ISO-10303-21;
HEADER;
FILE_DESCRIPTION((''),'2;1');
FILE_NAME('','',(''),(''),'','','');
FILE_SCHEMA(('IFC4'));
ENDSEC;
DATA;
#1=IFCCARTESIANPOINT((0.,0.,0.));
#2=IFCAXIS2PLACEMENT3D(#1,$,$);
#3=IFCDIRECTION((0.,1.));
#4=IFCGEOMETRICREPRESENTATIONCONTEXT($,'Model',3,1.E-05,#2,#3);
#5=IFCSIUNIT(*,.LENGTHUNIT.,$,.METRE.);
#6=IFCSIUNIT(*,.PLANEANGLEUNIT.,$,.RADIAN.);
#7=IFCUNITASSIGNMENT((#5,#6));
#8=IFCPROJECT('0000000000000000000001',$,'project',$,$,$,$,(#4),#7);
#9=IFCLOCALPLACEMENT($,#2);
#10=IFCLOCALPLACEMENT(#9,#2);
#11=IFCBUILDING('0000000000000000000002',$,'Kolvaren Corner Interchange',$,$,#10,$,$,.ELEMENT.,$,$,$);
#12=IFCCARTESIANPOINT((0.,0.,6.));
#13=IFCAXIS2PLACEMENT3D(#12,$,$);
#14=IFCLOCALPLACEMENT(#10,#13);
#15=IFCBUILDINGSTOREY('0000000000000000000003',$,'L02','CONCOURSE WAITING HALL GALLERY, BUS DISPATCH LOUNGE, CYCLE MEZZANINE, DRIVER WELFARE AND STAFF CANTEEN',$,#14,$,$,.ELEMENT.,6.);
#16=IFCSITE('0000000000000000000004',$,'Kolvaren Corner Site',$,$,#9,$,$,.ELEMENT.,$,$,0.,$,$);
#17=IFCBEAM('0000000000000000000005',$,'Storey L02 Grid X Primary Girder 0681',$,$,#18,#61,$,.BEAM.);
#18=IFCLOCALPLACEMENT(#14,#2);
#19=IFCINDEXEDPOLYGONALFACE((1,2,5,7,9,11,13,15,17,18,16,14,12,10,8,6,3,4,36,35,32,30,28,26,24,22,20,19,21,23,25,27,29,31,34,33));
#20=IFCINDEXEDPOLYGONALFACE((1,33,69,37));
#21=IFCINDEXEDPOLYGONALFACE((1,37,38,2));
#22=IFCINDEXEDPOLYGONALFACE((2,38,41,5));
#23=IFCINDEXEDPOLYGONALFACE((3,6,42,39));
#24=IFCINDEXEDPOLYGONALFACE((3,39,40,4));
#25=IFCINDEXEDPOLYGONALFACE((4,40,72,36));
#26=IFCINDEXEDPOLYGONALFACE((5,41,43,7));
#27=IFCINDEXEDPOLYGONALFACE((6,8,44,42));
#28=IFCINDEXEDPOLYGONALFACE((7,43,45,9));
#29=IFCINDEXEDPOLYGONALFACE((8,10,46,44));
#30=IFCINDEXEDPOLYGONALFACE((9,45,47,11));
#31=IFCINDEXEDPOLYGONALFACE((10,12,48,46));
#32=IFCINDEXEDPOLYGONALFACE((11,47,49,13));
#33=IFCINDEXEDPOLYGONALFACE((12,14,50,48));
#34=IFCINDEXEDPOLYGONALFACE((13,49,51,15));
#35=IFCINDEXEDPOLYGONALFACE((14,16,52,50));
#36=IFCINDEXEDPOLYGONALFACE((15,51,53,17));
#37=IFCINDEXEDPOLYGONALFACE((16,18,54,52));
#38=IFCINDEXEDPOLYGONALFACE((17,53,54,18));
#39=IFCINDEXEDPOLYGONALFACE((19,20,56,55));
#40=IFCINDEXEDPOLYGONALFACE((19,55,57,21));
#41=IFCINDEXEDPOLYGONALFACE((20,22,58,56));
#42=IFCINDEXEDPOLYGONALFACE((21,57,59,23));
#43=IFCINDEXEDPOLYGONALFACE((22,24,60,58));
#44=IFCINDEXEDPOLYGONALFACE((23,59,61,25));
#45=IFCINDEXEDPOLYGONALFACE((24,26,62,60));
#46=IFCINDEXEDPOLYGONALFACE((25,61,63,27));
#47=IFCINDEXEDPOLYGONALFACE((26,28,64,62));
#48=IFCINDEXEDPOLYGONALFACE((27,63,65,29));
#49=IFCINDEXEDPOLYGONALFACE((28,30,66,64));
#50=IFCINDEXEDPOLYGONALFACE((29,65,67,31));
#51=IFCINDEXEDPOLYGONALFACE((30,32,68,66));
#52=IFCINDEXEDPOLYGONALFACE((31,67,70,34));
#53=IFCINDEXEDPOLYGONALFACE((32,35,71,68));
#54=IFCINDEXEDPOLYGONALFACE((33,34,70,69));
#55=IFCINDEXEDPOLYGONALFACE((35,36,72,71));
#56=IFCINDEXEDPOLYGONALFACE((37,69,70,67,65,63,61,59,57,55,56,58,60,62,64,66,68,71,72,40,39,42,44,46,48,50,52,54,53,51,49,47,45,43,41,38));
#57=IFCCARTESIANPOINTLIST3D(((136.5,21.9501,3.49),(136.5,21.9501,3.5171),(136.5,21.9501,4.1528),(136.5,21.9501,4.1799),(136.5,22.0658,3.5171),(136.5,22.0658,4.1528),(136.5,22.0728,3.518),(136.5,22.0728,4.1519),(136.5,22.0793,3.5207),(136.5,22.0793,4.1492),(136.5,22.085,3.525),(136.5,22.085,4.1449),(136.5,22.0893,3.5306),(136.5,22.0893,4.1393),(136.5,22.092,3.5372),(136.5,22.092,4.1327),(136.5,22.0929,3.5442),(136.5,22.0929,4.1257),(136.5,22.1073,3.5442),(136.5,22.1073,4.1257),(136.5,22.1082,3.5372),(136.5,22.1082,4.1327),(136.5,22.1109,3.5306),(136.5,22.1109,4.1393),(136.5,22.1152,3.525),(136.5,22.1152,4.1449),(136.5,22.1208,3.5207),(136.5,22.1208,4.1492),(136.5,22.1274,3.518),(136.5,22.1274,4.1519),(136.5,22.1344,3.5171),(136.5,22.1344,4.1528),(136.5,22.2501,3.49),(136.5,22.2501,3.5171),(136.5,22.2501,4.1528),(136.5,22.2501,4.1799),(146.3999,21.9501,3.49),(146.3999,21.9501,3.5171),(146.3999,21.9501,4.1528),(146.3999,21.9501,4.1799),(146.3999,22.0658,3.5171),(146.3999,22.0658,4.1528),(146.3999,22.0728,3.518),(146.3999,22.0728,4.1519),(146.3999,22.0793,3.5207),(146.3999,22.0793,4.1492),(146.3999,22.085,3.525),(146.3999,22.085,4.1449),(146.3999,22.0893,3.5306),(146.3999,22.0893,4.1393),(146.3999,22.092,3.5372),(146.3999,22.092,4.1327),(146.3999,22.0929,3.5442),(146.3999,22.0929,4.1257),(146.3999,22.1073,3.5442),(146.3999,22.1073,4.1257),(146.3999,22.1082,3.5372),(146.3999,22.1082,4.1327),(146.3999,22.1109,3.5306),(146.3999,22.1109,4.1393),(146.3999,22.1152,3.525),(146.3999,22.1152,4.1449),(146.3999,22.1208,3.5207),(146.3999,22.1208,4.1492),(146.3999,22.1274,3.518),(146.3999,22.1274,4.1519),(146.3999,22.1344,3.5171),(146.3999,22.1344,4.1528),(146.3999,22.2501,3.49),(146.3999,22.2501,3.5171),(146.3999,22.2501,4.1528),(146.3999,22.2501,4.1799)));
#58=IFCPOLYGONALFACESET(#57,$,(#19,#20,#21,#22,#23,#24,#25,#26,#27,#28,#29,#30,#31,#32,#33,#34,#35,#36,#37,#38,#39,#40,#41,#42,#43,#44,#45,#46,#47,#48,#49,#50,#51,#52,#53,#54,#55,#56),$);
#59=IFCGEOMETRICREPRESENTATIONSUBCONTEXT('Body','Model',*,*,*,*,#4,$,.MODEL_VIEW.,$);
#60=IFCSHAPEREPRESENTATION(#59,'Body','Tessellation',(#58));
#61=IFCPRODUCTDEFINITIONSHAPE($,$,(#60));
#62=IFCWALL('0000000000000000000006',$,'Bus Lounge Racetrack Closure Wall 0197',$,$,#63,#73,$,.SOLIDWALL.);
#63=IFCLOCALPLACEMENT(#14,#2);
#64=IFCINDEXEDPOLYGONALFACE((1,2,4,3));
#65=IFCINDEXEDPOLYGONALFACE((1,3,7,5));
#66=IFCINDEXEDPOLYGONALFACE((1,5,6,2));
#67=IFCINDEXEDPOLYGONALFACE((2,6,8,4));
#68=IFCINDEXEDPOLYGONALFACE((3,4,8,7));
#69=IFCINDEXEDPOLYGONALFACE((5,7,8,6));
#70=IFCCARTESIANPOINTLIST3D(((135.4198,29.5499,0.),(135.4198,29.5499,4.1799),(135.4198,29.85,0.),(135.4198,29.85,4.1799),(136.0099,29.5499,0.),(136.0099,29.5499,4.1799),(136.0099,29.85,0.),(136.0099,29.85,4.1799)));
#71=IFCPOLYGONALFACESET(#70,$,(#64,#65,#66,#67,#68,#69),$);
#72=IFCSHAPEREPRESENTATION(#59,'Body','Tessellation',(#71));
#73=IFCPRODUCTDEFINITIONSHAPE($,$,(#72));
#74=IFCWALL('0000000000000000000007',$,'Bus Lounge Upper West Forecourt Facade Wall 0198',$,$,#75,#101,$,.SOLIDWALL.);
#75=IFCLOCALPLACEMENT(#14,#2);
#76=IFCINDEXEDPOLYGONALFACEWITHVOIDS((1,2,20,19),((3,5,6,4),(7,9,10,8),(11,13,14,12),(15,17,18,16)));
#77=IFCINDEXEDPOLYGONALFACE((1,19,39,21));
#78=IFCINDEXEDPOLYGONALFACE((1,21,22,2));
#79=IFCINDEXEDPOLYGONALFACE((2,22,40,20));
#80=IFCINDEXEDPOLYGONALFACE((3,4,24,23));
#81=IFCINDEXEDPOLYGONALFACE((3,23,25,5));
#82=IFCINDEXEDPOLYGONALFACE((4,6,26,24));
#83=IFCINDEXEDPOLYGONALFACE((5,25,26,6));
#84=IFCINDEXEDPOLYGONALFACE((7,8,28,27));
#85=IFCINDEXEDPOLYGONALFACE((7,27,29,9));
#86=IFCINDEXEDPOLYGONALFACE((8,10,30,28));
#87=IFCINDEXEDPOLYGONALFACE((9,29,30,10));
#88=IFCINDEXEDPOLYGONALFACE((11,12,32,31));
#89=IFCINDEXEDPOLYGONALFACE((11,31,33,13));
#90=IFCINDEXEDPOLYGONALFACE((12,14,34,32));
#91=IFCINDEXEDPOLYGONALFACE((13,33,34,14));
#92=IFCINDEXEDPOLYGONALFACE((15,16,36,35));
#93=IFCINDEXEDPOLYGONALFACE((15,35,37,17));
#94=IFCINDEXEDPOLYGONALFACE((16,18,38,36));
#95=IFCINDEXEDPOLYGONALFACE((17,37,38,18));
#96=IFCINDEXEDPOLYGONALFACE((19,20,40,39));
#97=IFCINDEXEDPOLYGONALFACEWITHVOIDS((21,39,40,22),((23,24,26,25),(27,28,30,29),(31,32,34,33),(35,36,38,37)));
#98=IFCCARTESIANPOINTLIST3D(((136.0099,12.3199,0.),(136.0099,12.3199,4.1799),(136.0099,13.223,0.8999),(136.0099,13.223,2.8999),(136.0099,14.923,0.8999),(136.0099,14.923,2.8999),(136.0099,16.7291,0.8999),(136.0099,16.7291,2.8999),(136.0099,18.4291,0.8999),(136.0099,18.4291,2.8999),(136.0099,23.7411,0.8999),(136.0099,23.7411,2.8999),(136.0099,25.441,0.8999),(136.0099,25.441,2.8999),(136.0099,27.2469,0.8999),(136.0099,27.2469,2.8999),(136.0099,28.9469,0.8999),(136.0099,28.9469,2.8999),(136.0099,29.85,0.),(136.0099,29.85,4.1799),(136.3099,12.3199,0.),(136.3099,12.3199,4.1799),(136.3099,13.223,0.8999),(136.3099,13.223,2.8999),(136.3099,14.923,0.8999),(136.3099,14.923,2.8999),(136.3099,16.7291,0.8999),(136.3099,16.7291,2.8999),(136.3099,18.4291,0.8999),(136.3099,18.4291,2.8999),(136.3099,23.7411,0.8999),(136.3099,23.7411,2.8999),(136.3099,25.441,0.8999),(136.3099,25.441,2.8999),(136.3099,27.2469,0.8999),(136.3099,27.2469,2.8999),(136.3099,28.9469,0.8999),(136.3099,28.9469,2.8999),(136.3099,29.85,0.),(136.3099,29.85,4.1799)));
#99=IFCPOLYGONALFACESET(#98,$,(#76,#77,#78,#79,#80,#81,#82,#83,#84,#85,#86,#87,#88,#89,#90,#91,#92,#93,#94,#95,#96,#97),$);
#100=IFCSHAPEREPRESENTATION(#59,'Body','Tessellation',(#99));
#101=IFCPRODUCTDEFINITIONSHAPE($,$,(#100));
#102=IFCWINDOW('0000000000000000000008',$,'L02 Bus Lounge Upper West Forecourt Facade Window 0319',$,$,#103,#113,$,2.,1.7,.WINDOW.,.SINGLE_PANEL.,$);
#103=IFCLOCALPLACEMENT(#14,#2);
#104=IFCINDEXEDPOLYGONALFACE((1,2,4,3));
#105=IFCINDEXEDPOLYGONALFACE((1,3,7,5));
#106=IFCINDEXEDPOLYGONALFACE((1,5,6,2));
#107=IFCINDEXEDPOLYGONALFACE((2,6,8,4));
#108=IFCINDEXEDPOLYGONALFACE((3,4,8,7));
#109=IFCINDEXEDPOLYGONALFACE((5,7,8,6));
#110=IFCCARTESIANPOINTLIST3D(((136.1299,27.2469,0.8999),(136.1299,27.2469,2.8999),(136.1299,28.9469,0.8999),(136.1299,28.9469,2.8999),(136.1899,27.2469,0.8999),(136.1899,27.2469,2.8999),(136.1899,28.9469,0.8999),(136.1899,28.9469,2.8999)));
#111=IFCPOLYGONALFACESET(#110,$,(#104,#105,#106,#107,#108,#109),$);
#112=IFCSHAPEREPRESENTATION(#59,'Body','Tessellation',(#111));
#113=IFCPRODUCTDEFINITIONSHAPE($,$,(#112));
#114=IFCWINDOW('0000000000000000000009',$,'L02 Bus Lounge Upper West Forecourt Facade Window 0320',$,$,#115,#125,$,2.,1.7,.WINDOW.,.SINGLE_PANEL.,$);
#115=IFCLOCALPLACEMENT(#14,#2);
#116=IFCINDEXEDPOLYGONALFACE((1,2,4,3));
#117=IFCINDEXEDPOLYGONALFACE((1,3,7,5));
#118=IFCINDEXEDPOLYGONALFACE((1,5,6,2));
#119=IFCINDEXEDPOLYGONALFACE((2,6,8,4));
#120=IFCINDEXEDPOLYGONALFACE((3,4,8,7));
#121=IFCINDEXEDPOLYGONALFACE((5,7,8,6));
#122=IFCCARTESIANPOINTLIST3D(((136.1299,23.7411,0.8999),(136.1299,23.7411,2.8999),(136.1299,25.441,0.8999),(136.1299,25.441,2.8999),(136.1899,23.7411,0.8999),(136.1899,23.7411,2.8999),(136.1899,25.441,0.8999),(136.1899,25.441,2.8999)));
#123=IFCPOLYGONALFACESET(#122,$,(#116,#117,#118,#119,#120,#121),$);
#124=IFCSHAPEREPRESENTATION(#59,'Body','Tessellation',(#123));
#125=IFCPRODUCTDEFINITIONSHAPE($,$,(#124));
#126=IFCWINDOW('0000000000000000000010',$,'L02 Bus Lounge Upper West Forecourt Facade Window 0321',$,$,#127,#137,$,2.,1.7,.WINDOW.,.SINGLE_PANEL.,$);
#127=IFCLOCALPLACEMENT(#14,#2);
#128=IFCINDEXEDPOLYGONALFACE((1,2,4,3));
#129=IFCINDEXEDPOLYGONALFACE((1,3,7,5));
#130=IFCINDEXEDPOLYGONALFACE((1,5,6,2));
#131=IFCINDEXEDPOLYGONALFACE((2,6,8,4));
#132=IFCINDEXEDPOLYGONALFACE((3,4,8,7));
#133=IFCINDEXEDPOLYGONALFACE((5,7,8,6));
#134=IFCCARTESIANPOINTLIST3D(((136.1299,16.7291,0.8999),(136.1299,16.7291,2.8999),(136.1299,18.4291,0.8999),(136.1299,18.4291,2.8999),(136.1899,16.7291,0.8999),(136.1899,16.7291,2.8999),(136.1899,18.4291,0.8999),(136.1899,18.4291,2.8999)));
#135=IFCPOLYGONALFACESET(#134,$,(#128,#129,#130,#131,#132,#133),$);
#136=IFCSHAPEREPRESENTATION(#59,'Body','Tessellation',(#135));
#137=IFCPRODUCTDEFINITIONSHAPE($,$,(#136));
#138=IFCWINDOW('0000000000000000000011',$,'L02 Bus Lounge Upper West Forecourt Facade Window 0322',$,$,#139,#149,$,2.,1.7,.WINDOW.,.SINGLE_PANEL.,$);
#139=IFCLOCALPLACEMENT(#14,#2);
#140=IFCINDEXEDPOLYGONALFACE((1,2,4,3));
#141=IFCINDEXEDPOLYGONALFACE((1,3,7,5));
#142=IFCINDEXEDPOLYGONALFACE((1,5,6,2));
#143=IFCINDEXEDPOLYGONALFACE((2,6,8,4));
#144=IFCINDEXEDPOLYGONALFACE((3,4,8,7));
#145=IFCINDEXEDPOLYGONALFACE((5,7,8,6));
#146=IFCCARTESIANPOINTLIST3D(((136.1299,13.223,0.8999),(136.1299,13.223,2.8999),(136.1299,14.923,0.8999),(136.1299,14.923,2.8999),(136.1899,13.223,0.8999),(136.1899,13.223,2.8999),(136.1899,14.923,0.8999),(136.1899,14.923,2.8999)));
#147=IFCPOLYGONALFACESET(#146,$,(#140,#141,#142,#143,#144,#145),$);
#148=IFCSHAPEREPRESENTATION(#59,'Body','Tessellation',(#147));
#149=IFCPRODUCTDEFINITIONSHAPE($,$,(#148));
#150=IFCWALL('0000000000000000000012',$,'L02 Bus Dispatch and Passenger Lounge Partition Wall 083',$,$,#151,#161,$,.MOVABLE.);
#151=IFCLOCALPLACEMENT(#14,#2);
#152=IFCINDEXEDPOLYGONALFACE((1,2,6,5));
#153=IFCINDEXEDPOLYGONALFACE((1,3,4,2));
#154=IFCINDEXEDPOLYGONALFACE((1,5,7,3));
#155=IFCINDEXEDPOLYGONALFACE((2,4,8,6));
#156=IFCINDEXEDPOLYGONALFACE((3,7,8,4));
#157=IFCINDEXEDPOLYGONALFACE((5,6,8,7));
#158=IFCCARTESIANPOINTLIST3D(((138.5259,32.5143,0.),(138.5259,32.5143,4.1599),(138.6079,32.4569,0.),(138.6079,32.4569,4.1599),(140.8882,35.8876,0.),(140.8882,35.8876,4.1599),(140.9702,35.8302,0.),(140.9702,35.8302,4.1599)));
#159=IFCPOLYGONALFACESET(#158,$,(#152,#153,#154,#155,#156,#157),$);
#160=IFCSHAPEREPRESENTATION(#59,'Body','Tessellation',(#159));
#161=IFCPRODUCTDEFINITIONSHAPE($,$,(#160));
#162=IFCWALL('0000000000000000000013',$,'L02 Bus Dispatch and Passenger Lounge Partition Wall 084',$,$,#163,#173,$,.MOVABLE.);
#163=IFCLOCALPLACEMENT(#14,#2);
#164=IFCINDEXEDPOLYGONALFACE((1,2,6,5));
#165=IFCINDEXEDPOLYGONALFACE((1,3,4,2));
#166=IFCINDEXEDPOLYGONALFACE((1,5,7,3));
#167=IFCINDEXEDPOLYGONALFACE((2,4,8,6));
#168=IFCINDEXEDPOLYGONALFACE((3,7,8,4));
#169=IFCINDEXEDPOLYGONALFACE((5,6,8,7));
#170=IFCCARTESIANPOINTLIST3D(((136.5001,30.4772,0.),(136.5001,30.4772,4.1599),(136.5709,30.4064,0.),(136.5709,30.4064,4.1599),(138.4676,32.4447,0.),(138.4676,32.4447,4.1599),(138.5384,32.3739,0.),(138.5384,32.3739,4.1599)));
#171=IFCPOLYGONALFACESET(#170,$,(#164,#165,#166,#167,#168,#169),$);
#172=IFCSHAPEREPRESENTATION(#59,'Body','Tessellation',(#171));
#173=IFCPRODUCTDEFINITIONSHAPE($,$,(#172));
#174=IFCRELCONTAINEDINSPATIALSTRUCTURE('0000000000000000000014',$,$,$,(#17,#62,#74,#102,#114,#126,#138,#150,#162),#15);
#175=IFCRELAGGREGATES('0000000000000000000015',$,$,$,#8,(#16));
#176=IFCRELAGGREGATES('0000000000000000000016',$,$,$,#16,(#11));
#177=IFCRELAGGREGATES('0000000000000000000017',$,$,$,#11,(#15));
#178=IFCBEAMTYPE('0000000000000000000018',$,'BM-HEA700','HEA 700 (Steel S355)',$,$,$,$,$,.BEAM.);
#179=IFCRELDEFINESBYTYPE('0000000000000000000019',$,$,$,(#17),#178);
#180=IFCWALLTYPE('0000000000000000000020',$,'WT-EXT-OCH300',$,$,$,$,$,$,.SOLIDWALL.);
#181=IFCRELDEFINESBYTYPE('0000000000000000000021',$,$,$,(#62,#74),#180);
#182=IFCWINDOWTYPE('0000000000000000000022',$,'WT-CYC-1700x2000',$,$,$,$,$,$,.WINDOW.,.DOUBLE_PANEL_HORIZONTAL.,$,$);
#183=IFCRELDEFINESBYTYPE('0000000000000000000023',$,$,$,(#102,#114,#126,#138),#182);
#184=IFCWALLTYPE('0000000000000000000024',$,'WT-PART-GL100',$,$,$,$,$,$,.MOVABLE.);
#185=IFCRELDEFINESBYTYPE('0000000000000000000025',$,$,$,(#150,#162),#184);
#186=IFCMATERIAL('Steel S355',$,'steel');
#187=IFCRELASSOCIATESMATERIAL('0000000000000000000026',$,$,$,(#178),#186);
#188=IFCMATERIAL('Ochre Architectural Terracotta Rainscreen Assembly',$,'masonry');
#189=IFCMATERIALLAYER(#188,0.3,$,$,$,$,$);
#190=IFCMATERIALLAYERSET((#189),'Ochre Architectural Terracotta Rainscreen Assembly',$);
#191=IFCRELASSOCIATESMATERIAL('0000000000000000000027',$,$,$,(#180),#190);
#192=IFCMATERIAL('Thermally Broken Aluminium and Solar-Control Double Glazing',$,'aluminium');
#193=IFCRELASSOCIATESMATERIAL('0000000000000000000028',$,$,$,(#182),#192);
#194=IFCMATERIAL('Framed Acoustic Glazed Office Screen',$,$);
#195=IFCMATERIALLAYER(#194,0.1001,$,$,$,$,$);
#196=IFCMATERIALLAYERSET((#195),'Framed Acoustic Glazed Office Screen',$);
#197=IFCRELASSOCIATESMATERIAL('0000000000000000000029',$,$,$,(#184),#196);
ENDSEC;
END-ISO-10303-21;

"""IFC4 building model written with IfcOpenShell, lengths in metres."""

from ifc_helpers import new_model, si_unit, direction, frame, frame_2d, origin, origin_2d, place, context, subcontext, project, spatial, rectangle, i_section, extrude, material, layer, layer_set, material_profile, profile_set, type_object, element, fill, save


model = new_model("IFC4")

# Units and contexts
model_context = context("Model", 3, precision=1e-05, world=origin(), true_north=direction((0.0, 1.0)))
body_context = subcontext(model_context, "Body", "Model", "MODEL_VIEW")
ifc_project = project(units=[si_unit("LENGTHUNIT", "METRE"), si_unit("PLANEANGLEUNIT", "RADIAN")], contexts=[model_context])

# Site, building, storey
site_placement = place(None, origin())
site = spatial("IfcSite", under=ifc_project, at=site_placement, Name="Kolvaren Corner Site", CompositionType="ELEMENT", RefElevation=0.0)
building_placement = place(site_placement, origin())
building = spatial("IfcBuilding", under=site, at=building_placement, Name="Kolvaren Corner Interchange", CompositionType="ELEMENT")
storey_placement = place(building_placement, frame((0.0, 0.0, 6.0)))
storey = spatial("IfcBuildingStorey", under=building, at=storey_placement, Name="L02", Description="CONCOURSE WAITING HALL GALLERY, BUS DISPATCH LOUNGE, CYCLE MEZZANINE, DRIVER WELFARE AND STAFF CANTEEN", CompositionType="ELEMENT", Elevation=6.0)

# Beam
ifc_material_1 = material(Name="Steel S355", Category="steel")
ifc_material_profile_1 = material_profile(ifc_material_1, i_section(OverallWidth=0.3, OverallDepth=0.6899, WebThickness=0.0144, FlangeThickness=0.0271, FilletRadius=0.0271, at=origin_2d()), Name="HEA 700")
ifc_profile_set_1 = profile_set([ifc_material_profile_1], Name="Steel S355")
beam_type_1 = type_object("IfcBeamType", Name="BM-HEA700", Description="HEA 700 (Steel S355)", PredefinedType="BEAM", material=ifc_profile_set_1)
beam_1_placement = place(storey_placement, frame((136.5, 22.1001, 3.835), z_axis=(1.0, 0.0, 0.0), x_axis=(0.0, 1.0, 0.0)))
element("IfcBeam", 1, at=beam_1_placement, inside=storey, type_object=beam_type_1, Name="Storey L02 Grid X Primary Girder 0681", PredefinedType="BEAM", context=body_context, shape_type="SweptSolid", body=[
    extrude(i_section(OverallWidth=0.3, OverallDepth=0.6899, WebThickness=0.0144, FlangeThickness=0.0271, FilletRadius=0.0271, at=origin_2d()), origin(), (0.0, 0.0, 1.0), 9.8999),
])

# Wall
ifc_material_2 = material(Name="Ochre Architectural Terracotta Rainscreen Assembly", Category="masonry")
ifc_layer_1 = layer(ifc_material_2, 0.3)
ifc_layer_set_1 = layer_set([ifc_layer_1], Name="Ochre Architectural Terracotta Rainscreen Assembly")
wall_type_1 = type_object("IfcWallType", Name="WT-EXT-OCH300", PredefinedType="SOLIDWALL", material=ifc_layer_set_1)
wall_1_placement = place(storey_placement, frame((135.4199, 29.7, 0.0), z_axis=(0.0, 0.0, 1.0), x_axis=(1.0, 0.0, 0.0)))
element("IfcWall", 2, at=wall_1_placement, inside=storey, type_object=wall_type_1, Name="Bus Lounge Racetrack Closure Wall 0197", PredefinedType="SOLIDWALL", context=body_context, shape_type="SweptSolid", body=[
    extrude(rectangle(XDim=0.5901, YDim=0.3, at=frame_2d((0.2949, 0.0))), origin(), (0.0, 0.0, 1.0), 4.1799),
])

# Wall, openings, windows
wall_2_placement = place(storey_placement, frame((136.1599, 29.8501, 0.0), z_axis=(0.0, 0.0, 1.0), x_axis=(0.0, -1.0, 0.0)))
wall_2 = element("IfcWall", 3, at=wall_2_placement, inside=storey, type_object=wall_type_1, Name="Bus Lounge Upper West Forecourt Facade Wall 0198", PredefinedType="SOLIDWALL", context=body_context, shape_type="SweptSolid", body=[
    extrude(rectangle(XDim=17.53, YDim=0.3, at=frame_2d((8.7651, 0.0))), origin(), (0.0, 0.0, 1.0), 4.1799),
])
opening_1_placement = place(wall_2_placement, frame((0.9031, 0.0, 0.8999)))
opening_1 = element("IfcOpeningElement", 4, at=opening_1_placement, cuts=wall_2, PredefinedType="OPENING", context=body_context, shape_type="SweptSolid", body=[
    extrude(rectangle(XDim=1.7, YDim=2.0, at=frame_2d((0.8501, 1.0))), frame((0.0, 0.1599, 0.0), z_axis=(0.0, -1.0, 0.0), x_axis=(1.0, 0.0, 0.0)), (0.0, 0.0, 1.0), 0.3201),
])
opening_2_placement = place(wall_2_placement, frame((4.4089, 0.0, 0.8999)))
opening_2 = element("IfcOpeningElement", 5, at=opening_2_placement, cuts=wall_2, PredefinedType="OPENING", context=body_context, shape_type="SweptSolid", body=[
    extrude(rectangle(XDim=1.7, YDim=2.0, at=frame_2d((0.8501, 1.0))), frame((0.0, 0.1599, 0.0), z_axis=(0.0, -1.0, 0.0), x_axis=(1.0, 0.0, 0.0)), (0.0, 0.0, 1.0), 0.3201),
])
opening_3_placement = place(wall_2_placement, frame((11.4209, 0.0, 0.8999)))
opening_3 = element("IfcOpeningElement", 6, at=opening_3_placement, cuts=wall_2, PredefinedType="OPENING", context=body_context, shape_type="SweptSolid", body=[
    extrude(rectangle(XDim=1.7, YDim=2.0, at=frame_2d((0.8501, 1.0))), frame((0.0, 0.1599, 0.0), z_axis=(0.0, -1.0, 0.0), x_axis=(1.0, 0.0, 0.0)), (0.0, 0.0, 1.0), 0.3201),
])
opening_4_placement = place(wall_2_placement, frame((14.927, 0.0, 0.8999)))
opening_4 = element("IfcOpeningElement", 7, at=opening_4_placement, cuts=wall_2, PredefinedType="OPENING", context=body_context, shape_type="SweptSolid", body=[
    extrude(rectangle(XDim=1.7, YDim=2.0, at=frame_2d((0.8501, 1.0))), frame((0.0, 0.1599, 0.0), z_axis=(0.0, -1.0, 0.0), x_axis=(1.0, 0.0, 0.0)), (0.0, 0.0, 1.0), 0.3201),
])
ifc_material_3 = material(Name="Thermally Broken Aluminium and Solar-Control Double Glazing", Category="aluminium")
window_type = type_object("IfcWindowType", Name="WT-CYC-1700x2000", PartitioningType="DOUBLE_PANEL_HORIZONTAL", PredefinedType="WINDOW", material=ifc_material_3)
window_1_placement = place(opening_1_placement, origin())
window_1 = element("IfcWindow", 8, at=window_1_placement, inside=storey, type_object=window_type, Name="L02 Bus Lounge Upper West Forecourt Facade Window 0319", OverallHeight=2.0, OverallWidth=1.7, PartitioningType="SINGLE_PANEL", PredefinedType="WINDOW", context=body_context, shape_type="SweptSolid", body=[
    extrude(rectangle(XDim=1.7, YDim=2.0, at=frame_2d((0.8501, 1.0))), frame((0.0, 0.03, 0.0), z_axis=(0.0, -1.0, 0.0), x_axis=(1.0, 0.0, 0.0)), (0.0, 0.0, 1.0), 0.0601),
])
fill(opening_1, window_1)
window_2_placement = place(opening_2_placement, origin())
window_2 = element("IfcWindow", 9, at=window_2_placement, inside=storey, type_object=window_type, Name="L02 Bus Lounge Upper West Forecourt Facade Window 0320", OverallHeight=2.0, OverallWidth=1.7, PartitioningType="SINGLE_PANEL", PredefinedType="WINDOW", context=body_context, shape_type="SweptSolid", body=[
    extrude(rectangle(XDim=1.7, YDim=2.0, at=frame_2d((0.8501, 1.0))), frame((0.0, 0.03, 0.0), z_axis=(0.0, -1.0, 0.0), x_axis=(1.0, 0.0, 0.0)), (0.0, 0.0, 1.0), 0.0601),
])
fill(opening_2, window_2)
window_3_placement = place(opening_3_placement, origin())
window_3 = element("IfcWindow", 10, at=window_3_placement, inside=storey, type_object=window_type, Name="L02 Bus Lounge Upper West Forecourt Facade Window 0321", OverallHeight=2.0, OverallWidth=1.7, PartitioningType="SINGLE_PANEL", PredefinedType="WINDOW", context=body_context, shape_type="SweptSolid", body=[
    extrude(rectangle(XDim=1.7, YDim=2.0, at=frame_2d((0.8501, 1.0))), frame((0.0, 0.03, 0.0), z_axis=(0.0, -1.0, 0.0), x_axis=(1.0, 0.0, 0.0)), (0.0, 0.0, 1.0), 0.0601),
])
fill(opening_3, window_3)
window_4_placement = place(opening_4_placement, origin())
window_4 = element("IfcWindow", 11, at=window_4_placement, inside=storey, type_object=window_type, Name="L02 Bus Lounge Upper West Forecourt Facade Window 0322", OverallHeight=2.0, OverallWidth=1.7, PartitioningType="SINGLE_PANEL", PredefinedType="WINDOW", context=body_context, shape_type="SweptSolid", body=[
    extrude(rectangle(XDim=1.7, YDim=2.0, at=frame_2d((0.8501, 1.0))), frame((0.0, 0.03, 0.0), z_axis=(0.0, -1.0, 0.0), x_axis=(1.0, 0.0, 0.0)), (0.0, 0.0, 1.0), 0.0601),
])
fill(opening_4, window_4)

# Walls
ifc_material_4 = material(Name="Framed Acoustic Glazed Office Screen")
ifc_layer_2 = layer(ifc_material_4, 0.1001)
ifc_layer_set_2 = layer_set([ifc_layer_2], Name="Framed Acoustic Glazed Office Screen")
wall_type_2 = type_object("IfcWallType", Name="WT-PART-GL100", PredefinedType="MOVABLE", material=ifc_layer_set_2)
wall_3_placement = place(storey_placement, frame((140.9292, 35.8589, 0.0), z_axis=(0.0, 0.0, 1.0), x_axis=(-0.573625, -0.819118, 0.0)))
element("IfcWall", 12, at=wall_3_placement, inside=storey, type_object=wall_type_2, Name="L02 Bus Dispatch and Passenger Lounge Partition Wall 083", PredefinedType="MOVABLE", context=body_context, shape_type="SweptSolid", body=[
    extrude(rectangle(XDim=4.1182, YDim=0.1001, at=frame_2d((2.0591, 0.0))), origin(), (0.0, 0.0, 1.0), 4.1599),
])
wall_4_placement = place(storey_placement, frame((138.5029, 32.4092, 0.0), z_axis=(0.0, 0.0, 1.0), x_axis=(-0.707107, -0.707107, 0.0)))
element("IfcWall", 13, at=wall_4_placement, inside=storey, type_object=wall_type_2, Name="L02 Bus Dispatch and Passenger Lounge Partition Wall 084", PredefinedType="MOVABLE", context=body_context, shape_type="SweptSolid", body=[
    extrude(rectangle(XDim=2.7825, YDim=0.1001, at=frame_2d((1.3911, 0.0))), origin(), (0.0, 0.0, 1.0), 4.1599),
])

save(model, "model.ifc")
